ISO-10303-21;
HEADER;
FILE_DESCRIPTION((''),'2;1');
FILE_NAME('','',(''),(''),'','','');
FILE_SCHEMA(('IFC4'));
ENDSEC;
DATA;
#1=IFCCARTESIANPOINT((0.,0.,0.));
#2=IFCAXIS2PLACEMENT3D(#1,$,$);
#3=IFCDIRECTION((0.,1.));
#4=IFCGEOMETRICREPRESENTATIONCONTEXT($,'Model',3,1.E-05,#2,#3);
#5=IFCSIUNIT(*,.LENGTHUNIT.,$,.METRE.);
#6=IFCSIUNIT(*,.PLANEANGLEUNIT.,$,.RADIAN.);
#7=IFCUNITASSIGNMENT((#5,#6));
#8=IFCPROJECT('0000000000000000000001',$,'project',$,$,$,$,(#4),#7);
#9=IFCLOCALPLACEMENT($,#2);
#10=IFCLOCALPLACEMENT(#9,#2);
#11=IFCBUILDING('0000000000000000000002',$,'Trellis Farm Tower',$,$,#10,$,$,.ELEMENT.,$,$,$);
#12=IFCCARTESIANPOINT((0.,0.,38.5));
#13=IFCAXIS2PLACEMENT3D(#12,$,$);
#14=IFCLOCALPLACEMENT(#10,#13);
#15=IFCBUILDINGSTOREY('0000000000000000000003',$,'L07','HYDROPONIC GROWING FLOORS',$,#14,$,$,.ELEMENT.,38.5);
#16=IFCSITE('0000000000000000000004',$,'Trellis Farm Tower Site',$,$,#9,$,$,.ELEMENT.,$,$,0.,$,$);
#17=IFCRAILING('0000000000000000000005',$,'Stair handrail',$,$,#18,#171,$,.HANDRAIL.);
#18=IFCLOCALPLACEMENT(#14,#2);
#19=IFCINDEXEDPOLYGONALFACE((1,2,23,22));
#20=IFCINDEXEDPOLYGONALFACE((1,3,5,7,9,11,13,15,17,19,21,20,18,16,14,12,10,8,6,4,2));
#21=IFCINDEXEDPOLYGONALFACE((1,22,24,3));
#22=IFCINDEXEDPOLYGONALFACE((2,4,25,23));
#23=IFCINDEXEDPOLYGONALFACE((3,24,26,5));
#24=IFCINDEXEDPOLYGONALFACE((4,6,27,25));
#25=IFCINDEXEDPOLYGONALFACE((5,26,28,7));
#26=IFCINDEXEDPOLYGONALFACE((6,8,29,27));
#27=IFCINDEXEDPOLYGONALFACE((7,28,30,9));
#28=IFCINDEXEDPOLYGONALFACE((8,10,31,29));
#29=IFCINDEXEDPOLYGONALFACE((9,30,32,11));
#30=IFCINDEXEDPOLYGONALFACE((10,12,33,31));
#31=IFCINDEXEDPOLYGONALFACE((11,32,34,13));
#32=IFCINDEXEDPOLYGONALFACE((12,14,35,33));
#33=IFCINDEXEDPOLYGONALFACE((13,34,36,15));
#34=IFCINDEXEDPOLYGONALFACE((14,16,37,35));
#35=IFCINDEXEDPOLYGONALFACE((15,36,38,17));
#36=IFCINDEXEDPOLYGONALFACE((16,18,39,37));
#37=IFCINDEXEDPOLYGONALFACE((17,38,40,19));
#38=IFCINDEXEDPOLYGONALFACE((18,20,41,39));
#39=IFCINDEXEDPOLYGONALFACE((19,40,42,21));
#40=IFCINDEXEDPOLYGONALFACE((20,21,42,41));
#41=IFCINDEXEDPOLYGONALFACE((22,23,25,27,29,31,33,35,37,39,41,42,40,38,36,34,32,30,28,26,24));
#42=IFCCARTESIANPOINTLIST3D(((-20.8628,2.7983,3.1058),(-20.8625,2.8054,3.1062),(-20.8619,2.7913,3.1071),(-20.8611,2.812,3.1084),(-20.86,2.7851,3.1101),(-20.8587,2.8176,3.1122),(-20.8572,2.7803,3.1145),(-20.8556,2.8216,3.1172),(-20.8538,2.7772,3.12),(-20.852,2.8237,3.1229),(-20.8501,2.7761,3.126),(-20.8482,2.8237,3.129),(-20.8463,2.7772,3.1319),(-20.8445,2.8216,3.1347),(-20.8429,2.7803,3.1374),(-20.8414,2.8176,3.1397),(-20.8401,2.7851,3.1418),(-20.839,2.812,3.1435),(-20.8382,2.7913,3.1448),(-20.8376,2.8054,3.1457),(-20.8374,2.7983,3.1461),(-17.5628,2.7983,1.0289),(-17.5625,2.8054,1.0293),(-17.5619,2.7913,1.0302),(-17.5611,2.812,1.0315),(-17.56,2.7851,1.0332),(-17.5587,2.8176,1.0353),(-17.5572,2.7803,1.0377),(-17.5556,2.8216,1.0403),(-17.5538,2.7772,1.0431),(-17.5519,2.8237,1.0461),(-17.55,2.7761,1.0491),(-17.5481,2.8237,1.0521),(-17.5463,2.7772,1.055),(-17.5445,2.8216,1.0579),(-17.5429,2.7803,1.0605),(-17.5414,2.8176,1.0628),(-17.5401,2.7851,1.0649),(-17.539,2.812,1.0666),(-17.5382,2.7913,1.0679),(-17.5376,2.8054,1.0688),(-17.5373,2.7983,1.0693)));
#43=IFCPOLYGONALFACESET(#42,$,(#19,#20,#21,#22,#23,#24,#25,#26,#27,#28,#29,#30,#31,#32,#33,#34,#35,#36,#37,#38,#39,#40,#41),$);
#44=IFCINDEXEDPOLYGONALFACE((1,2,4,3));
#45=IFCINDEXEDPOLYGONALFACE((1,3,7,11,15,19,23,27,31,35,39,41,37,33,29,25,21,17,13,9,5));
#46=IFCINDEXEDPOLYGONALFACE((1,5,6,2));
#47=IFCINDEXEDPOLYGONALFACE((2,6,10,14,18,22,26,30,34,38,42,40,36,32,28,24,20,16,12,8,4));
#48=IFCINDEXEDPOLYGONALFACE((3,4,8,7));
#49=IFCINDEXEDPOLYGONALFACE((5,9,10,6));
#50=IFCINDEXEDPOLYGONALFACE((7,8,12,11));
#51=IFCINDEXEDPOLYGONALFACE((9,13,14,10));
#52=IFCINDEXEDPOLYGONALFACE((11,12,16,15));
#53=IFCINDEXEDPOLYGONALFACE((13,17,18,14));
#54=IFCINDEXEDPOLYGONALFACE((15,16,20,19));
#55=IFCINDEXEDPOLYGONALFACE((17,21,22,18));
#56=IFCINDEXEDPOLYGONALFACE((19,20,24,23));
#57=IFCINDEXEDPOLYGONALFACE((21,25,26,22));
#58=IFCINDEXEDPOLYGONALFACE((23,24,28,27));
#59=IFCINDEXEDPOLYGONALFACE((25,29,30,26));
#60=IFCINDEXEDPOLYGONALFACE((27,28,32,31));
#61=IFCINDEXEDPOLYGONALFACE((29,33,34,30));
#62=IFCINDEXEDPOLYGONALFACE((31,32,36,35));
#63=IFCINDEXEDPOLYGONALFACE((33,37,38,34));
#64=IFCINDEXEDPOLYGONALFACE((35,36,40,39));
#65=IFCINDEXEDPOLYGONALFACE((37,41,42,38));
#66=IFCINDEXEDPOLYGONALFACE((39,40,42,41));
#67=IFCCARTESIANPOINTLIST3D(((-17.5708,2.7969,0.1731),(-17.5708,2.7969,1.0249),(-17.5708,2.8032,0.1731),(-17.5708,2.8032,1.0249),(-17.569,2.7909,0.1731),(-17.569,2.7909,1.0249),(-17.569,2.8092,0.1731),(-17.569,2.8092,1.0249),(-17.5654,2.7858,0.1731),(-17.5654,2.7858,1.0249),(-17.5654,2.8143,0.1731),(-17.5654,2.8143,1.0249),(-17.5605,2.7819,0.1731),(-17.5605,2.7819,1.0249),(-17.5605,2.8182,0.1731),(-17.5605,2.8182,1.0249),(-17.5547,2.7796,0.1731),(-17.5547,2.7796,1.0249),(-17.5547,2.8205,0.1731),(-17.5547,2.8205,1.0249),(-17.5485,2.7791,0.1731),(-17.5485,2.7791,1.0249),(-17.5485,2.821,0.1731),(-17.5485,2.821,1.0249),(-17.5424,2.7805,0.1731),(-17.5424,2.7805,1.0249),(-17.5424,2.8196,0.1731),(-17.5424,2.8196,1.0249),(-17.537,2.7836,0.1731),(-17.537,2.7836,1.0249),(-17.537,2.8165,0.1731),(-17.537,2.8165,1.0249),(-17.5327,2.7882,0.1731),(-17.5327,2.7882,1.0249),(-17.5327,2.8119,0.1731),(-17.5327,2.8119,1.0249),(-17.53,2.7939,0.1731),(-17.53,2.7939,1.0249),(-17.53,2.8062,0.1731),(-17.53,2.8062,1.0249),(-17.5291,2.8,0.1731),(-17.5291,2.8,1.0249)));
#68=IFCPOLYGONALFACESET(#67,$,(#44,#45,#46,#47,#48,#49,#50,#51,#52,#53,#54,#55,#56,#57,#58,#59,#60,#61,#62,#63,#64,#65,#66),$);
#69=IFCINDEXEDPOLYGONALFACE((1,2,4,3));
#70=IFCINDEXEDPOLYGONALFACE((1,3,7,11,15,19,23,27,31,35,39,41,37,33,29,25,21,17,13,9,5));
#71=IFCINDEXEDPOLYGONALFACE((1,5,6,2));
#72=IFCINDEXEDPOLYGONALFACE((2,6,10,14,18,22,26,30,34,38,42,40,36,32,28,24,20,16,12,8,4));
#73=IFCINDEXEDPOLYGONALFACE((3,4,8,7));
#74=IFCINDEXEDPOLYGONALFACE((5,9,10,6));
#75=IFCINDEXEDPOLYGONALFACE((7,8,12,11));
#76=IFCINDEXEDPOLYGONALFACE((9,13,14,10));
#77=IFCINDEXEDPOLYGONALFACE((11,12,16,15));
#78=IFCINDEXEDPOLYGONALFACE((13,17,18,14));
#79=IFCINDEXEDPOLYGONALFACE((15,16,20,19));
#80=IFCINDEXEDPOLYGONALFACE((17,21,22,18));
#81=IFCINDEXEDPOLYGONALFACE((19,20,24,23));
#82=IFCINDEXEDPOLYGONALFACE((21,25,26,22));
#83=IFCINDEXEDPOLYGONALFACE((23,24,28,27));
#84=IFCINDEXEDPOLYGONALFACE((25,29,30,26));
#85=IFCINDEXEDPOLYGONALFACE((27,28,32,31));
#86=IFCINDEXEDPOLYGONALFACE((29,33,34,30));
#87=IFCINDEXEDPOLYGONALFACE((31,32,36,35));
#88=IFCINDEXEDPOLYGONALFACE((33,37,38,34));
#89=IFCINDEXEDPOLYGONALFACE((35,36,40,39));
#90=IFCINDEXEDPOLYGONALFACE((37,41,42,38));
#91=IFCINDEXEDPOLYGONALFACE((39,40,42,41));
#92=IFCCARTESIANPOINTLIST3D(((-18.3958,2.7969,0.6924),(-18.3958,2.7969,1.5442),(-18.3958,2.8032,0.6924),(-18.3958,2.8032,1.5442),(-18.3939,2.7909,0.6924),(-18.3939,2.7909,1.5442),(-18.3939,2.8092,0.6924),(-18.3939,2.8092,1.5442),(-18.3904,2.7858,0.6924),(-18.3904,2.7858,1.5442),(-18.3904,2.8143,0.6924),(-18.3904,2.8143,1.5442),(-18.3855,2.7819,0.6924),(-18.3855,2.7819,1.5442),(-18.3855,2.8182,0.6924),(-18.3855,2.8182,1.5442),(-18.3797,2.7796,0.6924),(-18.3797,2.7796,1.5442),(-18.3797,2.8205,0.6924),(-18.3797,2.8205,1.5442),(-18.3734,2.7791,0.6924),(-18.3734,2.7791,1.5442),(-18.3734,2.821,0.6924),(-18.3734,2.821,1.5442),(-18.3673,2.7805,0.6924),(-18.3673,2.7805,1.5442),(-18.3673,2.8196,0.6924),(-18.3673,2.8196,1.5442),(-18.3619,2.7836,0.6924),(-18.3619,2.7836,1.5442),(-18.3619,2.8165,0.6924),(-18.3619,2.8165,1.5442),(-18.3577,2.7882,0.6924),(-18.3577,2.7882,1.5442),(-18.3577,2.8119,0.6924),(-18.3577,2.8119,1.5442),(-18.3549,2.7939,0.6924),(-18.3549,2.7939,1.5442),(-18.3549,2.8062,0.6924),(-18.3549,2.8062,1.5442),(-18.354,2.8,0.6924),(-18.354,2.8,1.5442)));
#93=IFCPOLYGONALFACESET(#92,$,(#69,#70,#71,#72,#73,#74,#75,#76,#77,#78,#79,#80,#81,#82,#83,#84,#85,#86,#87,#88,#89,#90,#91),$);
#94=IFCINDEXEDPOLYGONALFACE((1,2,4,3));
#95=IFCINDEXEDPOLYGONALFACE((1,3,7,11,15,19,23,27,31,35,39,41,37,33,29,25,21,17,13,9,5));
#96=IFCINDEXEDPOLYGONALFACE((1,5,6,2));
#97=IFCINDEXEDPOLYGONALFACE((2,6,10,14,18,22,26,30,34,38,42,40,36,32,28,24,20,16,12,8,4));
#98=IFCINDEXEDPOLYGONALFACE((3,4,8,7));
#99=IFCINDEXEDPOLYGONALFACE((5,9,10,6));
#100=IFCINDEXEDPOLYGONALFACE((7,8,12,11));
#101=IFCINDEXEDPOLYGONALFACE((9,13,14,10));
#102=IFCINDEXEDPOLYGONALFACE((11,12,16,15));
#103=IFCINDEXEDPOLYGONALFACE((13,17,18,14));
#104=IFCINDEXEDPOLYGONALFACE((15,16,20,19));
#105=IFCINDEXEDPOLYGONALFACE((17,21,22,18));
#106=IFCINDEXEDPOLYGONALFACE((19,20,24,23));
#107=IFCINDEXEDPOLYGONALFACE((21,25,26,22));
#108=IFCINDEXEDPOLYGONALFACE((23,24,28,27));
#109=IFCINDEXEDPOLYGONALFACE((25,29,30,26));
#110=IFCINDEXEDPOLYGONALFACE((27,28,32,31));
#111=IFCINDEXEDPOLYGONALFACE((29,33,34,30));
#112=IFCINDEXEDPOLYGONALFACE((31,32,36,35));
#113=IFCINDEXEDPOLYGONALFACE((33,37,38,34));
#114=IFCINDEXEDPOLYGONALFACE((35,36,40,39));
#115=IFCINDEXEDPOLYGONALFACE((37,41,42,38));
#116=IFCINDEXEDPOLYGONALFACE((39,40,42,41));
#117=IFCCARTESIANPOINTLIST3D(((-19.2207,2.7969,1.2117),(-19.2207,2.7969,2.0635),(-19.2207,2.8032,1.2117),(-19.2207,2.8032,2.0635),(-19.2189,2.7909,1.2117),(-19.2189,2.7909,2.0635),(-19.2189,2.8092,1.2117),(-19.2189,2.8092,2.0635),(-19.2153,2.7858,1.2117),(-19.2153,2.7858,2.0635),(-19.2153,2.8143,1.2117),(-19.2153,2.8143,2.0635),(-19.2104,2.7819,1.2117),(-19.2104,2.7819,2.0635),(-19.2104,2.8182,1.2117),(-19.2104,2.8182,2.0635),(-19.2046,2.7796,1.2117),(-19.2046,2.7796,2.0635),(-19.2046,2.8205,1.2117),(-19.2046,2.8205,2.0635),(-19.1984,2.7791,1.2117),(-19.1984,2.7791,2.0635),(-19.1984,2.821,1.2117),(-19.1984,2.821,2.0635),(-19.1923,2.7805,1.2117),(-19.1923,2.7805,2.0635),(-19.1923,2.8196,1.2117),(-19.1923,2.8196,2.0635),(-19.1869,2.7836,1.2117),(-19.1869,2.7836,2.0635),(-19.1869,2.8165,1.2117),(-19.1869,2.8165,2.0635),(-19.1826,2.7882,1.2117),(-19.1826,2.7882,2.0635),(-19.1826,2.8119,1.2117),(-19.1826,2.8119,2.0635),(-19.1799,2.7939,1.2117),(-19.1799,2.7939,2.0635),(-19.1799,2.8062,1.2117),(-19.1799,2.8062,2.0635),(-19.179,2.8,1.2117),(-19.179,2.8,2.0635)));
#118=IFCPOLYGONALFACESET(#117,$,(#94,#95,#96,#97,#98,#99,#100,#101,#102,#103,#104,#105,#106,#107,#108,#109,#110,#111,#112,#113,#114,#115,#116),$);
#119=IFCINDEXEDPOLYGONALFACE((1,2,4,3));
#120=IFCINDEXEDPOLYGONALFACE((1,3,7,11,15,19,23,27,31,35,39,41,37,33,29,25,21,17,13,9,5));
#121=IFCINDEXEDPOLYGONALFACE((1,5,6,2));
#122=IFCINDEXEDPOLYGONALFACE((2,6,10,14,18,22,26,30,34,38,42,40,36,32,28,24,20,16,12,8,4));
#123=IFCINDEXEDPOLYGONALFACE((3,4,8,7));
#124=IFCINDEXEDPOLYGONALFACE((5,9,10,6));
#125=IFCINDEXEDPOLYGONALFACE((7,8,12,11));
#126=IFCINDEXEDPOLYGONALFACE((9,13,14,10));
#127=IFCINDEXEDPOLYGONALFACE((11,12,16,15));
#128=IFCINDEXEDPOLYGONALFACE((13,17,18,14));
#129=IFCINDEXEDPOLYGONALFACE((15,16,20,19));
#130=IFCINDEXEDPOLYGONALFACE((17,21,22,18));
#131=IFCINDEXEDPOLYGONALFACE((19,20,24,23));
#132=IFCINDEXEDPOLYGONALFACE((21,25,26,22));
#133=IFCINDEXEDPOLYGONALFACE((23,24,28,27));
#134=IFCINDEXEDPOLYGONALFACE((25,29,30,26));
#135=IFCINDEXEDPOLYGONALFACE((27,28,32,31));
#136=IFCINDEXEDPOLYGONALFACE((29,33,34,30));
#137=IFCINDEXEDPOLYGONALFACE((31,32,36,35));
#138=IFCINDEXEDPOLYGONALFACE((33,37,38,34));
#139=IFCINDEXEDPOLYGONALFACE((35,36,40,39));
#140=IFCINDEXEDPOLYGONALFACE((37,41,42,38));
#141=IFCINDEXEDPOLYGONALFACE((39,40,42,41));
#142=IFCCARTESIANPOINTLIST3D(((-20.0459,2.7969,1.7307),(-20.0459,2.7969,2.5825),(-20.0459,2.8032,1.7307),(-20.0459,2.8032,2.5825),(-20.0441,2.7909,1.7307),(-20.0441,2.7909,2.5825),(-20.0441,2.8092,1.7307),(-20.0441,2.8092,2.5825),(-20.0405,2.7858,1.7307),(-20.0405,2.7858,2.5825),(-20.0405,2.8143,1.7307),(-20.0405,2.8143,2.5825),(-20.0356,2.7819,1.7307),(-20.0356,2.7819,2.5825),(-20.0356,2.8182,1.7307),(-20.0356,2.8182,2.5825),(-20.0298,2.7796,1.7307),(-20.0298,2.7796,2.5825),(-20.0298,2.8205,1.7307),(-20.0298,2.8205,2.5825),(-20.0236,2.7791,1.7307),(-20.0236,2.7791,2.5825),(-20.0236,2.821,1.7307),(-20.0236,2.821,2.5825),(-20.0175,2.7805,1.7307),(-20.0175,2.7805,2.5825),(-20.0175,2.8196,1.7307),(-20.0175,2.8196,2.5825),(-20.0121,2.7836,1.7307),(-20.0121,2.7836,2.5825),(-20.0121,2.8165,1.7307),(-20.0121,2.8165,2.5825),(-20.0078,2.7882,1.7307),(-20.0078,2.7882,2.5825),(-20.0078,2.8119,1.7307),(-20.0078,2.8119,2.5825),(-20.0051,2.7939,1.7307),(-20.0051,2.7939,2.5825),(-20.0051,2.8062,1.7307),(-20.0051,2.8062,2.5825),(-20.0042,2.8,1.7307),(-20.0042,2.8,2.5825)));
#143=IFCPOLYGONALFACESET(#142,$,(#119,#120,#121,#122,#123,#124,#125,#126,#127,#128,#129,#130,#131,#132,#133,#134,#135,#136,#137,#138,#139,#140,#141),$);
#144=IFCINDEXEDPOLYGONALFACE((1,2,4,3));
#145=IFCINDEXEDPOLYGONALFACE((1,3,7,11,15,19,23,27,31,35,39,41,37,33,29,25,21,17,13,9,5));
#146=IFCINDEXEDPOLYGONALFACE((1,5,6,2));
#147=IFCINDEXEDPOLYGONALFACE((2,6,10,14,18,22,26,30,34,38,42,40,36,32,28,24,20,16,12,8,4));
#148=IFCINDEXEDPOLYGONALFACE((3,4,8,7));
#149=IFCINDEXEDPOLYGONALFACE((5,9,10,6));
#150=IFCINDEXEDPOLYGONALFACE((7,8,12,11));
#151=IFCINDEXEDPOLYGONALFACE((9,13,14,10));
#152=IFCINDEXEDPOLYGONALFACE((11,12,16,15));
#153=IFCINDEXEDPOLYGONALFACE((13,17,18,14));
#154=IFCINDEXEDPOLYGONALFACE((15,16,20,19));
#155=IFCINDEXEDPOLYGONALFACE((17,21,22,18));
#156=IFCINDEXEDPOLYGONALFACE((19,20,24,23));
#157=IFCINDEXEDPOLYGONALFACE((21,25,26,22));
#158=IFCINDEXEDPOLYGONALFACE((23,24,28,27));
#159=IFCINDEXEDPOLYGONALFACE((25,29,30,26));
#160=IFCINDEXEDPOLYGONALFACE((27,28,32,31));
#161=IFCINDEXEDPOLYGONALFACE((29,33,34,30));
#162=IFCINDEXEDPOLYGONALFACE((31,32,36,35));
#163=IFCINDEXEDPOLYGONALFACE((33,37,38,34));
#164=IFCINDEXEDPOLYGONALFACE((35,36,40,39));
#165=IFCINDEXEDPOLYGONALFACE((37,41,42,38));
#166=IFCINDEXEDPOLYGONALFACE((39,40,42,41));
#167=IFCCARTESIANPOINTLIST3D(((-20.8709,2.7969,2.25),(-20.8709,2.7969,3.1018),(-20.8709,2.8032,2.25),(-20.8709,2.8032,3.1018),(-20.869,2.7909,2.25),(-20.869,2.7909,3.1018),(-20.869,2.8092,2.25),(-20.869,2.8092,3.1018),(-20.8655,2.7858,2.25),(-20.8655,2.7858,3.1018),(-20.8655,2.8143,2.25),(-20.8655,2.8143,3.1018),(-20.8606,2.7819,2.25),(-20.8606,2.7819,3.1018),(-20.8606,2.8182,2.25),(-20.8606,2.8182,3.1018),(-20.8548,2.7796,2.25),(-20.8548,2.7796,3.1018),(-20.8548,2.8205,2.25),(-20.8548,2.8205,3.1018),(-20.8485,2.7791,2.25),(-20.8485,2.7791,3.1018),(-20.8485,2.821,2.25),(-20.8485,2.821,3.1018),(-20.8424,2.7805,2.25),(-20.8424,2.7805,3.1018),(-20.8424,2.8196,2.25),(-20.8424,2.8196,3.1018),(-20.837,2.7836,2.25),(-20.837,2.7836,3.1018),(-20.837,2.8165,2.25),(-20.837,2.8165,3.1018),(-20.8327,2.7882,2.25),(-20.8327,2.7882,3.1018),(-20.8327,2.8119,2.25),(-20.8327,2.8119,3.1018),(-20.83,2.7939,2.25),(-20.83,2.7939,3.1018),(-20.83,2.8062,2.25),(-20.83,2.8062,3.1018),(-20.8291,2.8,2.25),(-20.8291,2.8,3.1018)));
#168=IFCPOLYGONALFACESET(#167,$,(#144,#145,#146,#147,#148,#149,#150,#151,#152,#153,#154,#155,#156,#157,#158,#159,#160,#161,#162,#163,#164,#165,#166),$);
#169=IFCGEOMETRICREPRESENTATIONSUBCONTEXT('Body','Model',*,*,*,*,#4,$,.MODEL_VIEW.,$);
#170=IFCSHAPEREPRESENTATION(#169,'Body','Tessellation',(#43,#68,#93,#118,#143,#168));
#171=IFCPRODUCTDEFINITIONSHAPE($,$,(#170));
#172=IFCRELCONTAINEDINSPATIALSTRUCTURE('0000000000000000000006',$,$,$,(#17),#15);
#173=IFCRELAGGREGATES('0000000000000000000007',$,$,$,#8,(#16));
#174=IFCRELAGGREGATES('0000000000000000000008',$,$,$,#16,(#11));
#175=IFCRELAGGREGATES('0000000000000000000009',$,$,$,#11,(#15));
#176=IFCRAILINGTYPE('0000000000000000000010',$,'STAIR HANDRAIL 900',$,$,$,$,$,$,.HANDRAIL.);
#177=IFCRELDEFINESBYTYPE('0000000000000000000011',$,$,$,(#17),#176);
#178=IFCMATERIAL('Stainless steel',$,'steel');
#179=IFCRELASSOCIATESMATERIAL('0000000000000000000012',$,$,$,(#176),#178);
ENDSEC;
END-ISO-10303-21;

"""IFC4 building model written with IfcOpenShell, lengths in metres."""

from ifc_helpers import new_model, si_unit, direction, frame, origin, origin_2d, place, context, subcontext, project, spatial, circle, extrude, source, transform, mapped, material, type_object, element, save


model = new_model("IFC4")

# Units and contexts
model_context = context("Model", 3, precision=1e-05, world=origin(), true_north=direction((0.0, 1.0)))
body_context = subcontext(model_context, "Body", "Model", "MODEL_VIEW")
ifc_project = project(units=[si_unit("LENGTHUNIT", "METRE"), si_unit("PLANEANGLEUNIT", "RADIAN")], contexts=[model_context])

# Site, building, storey
site_placement = place(None, origin())
site = spatial("IfcSite", under=ifc_project, at=site_placement, Name="Trellis Farm Tower Site", CompositionType="ELEMENT", RefElevation=0.0)
building_placement = place(site_placement, origin())
building = spatial("IfcBuilding", under=site, at=building_placement, Name="Trellis Farm Tower", CompositionType="ELEMENT")
storey_placement = place(building_placement, frame((0.0, 0.0, 38.5)))
storey = spatial("IfcBuildingStorey", under=building, at=storey_placement, Name="L07", Description="HYDROPONIC GROWING FLOORS", CompositionType="ELEMENT", Elevation=38.5)

# Shared definitions
ifc_material_1 = material(Name="Stainless steel", Category="steel")

# Railing
railing_type = type_object("IfcRailingType", Name="STAIR HANDRAIL 900", PredefinedType="HANDRAIL", material=ifc_material_1)
shared_shape_1 = source(origin(), body_context, "Body", "SweptSolid", [
    extrude(circle(Radius=0.0239, at=origin_2d()), frame((0.0, 0.0, 0.876), z_axis=(-0.846337, 0.0, 0.532647), x_axis=(0.0, -1.0, 0.0)), (0.0, 0.0, 1.0), 3.8992),
    extrude(circle(Radius=0.021, at=origin_2d()), origin(), (0.0, 0.0, 1.0), 0.8518),
    extrude(circle(Radius=0.021, at=origin_2d()), frame((-0.825, 0.0, 0.5193)), (0.0, 0.0, 1.0), 0.8518),
    extrude(circle(Radius=0.021, at=origin_2d()), frame((-1.6499, 0.0, 1.0386)), (0.0, 0.0, 1.0), 0.8518),
    extrude(circle(Radius=0.021, at=origin_2d()), frame((-2.4751, 0.0, 1.5576)), (0.0, 0.0, 1.0), 0.8518),
    extrude(circle(Radius=0.021, at=origin_2d()), frame((-3.3, 0.0, 2.0769)), (0.0, 0.0, 1.0), 0.8518),
])
for number, where, name in (
    (1, (-17.55, 2.8, 0.1731), "Stair handrail"),
):
    element("IfcRailing", number, at=place(storey_placement, frame(where)), inside=storey, type_object=railing_type, Name=name, PredefinedType="HANDRAIL", context=body_context, shape_type="MappedRepresentation", body=[
        mapped(shared_shape_1, transform((0.0, 0.0, 0.0))),
    ])

save(model, "model.ifc")
